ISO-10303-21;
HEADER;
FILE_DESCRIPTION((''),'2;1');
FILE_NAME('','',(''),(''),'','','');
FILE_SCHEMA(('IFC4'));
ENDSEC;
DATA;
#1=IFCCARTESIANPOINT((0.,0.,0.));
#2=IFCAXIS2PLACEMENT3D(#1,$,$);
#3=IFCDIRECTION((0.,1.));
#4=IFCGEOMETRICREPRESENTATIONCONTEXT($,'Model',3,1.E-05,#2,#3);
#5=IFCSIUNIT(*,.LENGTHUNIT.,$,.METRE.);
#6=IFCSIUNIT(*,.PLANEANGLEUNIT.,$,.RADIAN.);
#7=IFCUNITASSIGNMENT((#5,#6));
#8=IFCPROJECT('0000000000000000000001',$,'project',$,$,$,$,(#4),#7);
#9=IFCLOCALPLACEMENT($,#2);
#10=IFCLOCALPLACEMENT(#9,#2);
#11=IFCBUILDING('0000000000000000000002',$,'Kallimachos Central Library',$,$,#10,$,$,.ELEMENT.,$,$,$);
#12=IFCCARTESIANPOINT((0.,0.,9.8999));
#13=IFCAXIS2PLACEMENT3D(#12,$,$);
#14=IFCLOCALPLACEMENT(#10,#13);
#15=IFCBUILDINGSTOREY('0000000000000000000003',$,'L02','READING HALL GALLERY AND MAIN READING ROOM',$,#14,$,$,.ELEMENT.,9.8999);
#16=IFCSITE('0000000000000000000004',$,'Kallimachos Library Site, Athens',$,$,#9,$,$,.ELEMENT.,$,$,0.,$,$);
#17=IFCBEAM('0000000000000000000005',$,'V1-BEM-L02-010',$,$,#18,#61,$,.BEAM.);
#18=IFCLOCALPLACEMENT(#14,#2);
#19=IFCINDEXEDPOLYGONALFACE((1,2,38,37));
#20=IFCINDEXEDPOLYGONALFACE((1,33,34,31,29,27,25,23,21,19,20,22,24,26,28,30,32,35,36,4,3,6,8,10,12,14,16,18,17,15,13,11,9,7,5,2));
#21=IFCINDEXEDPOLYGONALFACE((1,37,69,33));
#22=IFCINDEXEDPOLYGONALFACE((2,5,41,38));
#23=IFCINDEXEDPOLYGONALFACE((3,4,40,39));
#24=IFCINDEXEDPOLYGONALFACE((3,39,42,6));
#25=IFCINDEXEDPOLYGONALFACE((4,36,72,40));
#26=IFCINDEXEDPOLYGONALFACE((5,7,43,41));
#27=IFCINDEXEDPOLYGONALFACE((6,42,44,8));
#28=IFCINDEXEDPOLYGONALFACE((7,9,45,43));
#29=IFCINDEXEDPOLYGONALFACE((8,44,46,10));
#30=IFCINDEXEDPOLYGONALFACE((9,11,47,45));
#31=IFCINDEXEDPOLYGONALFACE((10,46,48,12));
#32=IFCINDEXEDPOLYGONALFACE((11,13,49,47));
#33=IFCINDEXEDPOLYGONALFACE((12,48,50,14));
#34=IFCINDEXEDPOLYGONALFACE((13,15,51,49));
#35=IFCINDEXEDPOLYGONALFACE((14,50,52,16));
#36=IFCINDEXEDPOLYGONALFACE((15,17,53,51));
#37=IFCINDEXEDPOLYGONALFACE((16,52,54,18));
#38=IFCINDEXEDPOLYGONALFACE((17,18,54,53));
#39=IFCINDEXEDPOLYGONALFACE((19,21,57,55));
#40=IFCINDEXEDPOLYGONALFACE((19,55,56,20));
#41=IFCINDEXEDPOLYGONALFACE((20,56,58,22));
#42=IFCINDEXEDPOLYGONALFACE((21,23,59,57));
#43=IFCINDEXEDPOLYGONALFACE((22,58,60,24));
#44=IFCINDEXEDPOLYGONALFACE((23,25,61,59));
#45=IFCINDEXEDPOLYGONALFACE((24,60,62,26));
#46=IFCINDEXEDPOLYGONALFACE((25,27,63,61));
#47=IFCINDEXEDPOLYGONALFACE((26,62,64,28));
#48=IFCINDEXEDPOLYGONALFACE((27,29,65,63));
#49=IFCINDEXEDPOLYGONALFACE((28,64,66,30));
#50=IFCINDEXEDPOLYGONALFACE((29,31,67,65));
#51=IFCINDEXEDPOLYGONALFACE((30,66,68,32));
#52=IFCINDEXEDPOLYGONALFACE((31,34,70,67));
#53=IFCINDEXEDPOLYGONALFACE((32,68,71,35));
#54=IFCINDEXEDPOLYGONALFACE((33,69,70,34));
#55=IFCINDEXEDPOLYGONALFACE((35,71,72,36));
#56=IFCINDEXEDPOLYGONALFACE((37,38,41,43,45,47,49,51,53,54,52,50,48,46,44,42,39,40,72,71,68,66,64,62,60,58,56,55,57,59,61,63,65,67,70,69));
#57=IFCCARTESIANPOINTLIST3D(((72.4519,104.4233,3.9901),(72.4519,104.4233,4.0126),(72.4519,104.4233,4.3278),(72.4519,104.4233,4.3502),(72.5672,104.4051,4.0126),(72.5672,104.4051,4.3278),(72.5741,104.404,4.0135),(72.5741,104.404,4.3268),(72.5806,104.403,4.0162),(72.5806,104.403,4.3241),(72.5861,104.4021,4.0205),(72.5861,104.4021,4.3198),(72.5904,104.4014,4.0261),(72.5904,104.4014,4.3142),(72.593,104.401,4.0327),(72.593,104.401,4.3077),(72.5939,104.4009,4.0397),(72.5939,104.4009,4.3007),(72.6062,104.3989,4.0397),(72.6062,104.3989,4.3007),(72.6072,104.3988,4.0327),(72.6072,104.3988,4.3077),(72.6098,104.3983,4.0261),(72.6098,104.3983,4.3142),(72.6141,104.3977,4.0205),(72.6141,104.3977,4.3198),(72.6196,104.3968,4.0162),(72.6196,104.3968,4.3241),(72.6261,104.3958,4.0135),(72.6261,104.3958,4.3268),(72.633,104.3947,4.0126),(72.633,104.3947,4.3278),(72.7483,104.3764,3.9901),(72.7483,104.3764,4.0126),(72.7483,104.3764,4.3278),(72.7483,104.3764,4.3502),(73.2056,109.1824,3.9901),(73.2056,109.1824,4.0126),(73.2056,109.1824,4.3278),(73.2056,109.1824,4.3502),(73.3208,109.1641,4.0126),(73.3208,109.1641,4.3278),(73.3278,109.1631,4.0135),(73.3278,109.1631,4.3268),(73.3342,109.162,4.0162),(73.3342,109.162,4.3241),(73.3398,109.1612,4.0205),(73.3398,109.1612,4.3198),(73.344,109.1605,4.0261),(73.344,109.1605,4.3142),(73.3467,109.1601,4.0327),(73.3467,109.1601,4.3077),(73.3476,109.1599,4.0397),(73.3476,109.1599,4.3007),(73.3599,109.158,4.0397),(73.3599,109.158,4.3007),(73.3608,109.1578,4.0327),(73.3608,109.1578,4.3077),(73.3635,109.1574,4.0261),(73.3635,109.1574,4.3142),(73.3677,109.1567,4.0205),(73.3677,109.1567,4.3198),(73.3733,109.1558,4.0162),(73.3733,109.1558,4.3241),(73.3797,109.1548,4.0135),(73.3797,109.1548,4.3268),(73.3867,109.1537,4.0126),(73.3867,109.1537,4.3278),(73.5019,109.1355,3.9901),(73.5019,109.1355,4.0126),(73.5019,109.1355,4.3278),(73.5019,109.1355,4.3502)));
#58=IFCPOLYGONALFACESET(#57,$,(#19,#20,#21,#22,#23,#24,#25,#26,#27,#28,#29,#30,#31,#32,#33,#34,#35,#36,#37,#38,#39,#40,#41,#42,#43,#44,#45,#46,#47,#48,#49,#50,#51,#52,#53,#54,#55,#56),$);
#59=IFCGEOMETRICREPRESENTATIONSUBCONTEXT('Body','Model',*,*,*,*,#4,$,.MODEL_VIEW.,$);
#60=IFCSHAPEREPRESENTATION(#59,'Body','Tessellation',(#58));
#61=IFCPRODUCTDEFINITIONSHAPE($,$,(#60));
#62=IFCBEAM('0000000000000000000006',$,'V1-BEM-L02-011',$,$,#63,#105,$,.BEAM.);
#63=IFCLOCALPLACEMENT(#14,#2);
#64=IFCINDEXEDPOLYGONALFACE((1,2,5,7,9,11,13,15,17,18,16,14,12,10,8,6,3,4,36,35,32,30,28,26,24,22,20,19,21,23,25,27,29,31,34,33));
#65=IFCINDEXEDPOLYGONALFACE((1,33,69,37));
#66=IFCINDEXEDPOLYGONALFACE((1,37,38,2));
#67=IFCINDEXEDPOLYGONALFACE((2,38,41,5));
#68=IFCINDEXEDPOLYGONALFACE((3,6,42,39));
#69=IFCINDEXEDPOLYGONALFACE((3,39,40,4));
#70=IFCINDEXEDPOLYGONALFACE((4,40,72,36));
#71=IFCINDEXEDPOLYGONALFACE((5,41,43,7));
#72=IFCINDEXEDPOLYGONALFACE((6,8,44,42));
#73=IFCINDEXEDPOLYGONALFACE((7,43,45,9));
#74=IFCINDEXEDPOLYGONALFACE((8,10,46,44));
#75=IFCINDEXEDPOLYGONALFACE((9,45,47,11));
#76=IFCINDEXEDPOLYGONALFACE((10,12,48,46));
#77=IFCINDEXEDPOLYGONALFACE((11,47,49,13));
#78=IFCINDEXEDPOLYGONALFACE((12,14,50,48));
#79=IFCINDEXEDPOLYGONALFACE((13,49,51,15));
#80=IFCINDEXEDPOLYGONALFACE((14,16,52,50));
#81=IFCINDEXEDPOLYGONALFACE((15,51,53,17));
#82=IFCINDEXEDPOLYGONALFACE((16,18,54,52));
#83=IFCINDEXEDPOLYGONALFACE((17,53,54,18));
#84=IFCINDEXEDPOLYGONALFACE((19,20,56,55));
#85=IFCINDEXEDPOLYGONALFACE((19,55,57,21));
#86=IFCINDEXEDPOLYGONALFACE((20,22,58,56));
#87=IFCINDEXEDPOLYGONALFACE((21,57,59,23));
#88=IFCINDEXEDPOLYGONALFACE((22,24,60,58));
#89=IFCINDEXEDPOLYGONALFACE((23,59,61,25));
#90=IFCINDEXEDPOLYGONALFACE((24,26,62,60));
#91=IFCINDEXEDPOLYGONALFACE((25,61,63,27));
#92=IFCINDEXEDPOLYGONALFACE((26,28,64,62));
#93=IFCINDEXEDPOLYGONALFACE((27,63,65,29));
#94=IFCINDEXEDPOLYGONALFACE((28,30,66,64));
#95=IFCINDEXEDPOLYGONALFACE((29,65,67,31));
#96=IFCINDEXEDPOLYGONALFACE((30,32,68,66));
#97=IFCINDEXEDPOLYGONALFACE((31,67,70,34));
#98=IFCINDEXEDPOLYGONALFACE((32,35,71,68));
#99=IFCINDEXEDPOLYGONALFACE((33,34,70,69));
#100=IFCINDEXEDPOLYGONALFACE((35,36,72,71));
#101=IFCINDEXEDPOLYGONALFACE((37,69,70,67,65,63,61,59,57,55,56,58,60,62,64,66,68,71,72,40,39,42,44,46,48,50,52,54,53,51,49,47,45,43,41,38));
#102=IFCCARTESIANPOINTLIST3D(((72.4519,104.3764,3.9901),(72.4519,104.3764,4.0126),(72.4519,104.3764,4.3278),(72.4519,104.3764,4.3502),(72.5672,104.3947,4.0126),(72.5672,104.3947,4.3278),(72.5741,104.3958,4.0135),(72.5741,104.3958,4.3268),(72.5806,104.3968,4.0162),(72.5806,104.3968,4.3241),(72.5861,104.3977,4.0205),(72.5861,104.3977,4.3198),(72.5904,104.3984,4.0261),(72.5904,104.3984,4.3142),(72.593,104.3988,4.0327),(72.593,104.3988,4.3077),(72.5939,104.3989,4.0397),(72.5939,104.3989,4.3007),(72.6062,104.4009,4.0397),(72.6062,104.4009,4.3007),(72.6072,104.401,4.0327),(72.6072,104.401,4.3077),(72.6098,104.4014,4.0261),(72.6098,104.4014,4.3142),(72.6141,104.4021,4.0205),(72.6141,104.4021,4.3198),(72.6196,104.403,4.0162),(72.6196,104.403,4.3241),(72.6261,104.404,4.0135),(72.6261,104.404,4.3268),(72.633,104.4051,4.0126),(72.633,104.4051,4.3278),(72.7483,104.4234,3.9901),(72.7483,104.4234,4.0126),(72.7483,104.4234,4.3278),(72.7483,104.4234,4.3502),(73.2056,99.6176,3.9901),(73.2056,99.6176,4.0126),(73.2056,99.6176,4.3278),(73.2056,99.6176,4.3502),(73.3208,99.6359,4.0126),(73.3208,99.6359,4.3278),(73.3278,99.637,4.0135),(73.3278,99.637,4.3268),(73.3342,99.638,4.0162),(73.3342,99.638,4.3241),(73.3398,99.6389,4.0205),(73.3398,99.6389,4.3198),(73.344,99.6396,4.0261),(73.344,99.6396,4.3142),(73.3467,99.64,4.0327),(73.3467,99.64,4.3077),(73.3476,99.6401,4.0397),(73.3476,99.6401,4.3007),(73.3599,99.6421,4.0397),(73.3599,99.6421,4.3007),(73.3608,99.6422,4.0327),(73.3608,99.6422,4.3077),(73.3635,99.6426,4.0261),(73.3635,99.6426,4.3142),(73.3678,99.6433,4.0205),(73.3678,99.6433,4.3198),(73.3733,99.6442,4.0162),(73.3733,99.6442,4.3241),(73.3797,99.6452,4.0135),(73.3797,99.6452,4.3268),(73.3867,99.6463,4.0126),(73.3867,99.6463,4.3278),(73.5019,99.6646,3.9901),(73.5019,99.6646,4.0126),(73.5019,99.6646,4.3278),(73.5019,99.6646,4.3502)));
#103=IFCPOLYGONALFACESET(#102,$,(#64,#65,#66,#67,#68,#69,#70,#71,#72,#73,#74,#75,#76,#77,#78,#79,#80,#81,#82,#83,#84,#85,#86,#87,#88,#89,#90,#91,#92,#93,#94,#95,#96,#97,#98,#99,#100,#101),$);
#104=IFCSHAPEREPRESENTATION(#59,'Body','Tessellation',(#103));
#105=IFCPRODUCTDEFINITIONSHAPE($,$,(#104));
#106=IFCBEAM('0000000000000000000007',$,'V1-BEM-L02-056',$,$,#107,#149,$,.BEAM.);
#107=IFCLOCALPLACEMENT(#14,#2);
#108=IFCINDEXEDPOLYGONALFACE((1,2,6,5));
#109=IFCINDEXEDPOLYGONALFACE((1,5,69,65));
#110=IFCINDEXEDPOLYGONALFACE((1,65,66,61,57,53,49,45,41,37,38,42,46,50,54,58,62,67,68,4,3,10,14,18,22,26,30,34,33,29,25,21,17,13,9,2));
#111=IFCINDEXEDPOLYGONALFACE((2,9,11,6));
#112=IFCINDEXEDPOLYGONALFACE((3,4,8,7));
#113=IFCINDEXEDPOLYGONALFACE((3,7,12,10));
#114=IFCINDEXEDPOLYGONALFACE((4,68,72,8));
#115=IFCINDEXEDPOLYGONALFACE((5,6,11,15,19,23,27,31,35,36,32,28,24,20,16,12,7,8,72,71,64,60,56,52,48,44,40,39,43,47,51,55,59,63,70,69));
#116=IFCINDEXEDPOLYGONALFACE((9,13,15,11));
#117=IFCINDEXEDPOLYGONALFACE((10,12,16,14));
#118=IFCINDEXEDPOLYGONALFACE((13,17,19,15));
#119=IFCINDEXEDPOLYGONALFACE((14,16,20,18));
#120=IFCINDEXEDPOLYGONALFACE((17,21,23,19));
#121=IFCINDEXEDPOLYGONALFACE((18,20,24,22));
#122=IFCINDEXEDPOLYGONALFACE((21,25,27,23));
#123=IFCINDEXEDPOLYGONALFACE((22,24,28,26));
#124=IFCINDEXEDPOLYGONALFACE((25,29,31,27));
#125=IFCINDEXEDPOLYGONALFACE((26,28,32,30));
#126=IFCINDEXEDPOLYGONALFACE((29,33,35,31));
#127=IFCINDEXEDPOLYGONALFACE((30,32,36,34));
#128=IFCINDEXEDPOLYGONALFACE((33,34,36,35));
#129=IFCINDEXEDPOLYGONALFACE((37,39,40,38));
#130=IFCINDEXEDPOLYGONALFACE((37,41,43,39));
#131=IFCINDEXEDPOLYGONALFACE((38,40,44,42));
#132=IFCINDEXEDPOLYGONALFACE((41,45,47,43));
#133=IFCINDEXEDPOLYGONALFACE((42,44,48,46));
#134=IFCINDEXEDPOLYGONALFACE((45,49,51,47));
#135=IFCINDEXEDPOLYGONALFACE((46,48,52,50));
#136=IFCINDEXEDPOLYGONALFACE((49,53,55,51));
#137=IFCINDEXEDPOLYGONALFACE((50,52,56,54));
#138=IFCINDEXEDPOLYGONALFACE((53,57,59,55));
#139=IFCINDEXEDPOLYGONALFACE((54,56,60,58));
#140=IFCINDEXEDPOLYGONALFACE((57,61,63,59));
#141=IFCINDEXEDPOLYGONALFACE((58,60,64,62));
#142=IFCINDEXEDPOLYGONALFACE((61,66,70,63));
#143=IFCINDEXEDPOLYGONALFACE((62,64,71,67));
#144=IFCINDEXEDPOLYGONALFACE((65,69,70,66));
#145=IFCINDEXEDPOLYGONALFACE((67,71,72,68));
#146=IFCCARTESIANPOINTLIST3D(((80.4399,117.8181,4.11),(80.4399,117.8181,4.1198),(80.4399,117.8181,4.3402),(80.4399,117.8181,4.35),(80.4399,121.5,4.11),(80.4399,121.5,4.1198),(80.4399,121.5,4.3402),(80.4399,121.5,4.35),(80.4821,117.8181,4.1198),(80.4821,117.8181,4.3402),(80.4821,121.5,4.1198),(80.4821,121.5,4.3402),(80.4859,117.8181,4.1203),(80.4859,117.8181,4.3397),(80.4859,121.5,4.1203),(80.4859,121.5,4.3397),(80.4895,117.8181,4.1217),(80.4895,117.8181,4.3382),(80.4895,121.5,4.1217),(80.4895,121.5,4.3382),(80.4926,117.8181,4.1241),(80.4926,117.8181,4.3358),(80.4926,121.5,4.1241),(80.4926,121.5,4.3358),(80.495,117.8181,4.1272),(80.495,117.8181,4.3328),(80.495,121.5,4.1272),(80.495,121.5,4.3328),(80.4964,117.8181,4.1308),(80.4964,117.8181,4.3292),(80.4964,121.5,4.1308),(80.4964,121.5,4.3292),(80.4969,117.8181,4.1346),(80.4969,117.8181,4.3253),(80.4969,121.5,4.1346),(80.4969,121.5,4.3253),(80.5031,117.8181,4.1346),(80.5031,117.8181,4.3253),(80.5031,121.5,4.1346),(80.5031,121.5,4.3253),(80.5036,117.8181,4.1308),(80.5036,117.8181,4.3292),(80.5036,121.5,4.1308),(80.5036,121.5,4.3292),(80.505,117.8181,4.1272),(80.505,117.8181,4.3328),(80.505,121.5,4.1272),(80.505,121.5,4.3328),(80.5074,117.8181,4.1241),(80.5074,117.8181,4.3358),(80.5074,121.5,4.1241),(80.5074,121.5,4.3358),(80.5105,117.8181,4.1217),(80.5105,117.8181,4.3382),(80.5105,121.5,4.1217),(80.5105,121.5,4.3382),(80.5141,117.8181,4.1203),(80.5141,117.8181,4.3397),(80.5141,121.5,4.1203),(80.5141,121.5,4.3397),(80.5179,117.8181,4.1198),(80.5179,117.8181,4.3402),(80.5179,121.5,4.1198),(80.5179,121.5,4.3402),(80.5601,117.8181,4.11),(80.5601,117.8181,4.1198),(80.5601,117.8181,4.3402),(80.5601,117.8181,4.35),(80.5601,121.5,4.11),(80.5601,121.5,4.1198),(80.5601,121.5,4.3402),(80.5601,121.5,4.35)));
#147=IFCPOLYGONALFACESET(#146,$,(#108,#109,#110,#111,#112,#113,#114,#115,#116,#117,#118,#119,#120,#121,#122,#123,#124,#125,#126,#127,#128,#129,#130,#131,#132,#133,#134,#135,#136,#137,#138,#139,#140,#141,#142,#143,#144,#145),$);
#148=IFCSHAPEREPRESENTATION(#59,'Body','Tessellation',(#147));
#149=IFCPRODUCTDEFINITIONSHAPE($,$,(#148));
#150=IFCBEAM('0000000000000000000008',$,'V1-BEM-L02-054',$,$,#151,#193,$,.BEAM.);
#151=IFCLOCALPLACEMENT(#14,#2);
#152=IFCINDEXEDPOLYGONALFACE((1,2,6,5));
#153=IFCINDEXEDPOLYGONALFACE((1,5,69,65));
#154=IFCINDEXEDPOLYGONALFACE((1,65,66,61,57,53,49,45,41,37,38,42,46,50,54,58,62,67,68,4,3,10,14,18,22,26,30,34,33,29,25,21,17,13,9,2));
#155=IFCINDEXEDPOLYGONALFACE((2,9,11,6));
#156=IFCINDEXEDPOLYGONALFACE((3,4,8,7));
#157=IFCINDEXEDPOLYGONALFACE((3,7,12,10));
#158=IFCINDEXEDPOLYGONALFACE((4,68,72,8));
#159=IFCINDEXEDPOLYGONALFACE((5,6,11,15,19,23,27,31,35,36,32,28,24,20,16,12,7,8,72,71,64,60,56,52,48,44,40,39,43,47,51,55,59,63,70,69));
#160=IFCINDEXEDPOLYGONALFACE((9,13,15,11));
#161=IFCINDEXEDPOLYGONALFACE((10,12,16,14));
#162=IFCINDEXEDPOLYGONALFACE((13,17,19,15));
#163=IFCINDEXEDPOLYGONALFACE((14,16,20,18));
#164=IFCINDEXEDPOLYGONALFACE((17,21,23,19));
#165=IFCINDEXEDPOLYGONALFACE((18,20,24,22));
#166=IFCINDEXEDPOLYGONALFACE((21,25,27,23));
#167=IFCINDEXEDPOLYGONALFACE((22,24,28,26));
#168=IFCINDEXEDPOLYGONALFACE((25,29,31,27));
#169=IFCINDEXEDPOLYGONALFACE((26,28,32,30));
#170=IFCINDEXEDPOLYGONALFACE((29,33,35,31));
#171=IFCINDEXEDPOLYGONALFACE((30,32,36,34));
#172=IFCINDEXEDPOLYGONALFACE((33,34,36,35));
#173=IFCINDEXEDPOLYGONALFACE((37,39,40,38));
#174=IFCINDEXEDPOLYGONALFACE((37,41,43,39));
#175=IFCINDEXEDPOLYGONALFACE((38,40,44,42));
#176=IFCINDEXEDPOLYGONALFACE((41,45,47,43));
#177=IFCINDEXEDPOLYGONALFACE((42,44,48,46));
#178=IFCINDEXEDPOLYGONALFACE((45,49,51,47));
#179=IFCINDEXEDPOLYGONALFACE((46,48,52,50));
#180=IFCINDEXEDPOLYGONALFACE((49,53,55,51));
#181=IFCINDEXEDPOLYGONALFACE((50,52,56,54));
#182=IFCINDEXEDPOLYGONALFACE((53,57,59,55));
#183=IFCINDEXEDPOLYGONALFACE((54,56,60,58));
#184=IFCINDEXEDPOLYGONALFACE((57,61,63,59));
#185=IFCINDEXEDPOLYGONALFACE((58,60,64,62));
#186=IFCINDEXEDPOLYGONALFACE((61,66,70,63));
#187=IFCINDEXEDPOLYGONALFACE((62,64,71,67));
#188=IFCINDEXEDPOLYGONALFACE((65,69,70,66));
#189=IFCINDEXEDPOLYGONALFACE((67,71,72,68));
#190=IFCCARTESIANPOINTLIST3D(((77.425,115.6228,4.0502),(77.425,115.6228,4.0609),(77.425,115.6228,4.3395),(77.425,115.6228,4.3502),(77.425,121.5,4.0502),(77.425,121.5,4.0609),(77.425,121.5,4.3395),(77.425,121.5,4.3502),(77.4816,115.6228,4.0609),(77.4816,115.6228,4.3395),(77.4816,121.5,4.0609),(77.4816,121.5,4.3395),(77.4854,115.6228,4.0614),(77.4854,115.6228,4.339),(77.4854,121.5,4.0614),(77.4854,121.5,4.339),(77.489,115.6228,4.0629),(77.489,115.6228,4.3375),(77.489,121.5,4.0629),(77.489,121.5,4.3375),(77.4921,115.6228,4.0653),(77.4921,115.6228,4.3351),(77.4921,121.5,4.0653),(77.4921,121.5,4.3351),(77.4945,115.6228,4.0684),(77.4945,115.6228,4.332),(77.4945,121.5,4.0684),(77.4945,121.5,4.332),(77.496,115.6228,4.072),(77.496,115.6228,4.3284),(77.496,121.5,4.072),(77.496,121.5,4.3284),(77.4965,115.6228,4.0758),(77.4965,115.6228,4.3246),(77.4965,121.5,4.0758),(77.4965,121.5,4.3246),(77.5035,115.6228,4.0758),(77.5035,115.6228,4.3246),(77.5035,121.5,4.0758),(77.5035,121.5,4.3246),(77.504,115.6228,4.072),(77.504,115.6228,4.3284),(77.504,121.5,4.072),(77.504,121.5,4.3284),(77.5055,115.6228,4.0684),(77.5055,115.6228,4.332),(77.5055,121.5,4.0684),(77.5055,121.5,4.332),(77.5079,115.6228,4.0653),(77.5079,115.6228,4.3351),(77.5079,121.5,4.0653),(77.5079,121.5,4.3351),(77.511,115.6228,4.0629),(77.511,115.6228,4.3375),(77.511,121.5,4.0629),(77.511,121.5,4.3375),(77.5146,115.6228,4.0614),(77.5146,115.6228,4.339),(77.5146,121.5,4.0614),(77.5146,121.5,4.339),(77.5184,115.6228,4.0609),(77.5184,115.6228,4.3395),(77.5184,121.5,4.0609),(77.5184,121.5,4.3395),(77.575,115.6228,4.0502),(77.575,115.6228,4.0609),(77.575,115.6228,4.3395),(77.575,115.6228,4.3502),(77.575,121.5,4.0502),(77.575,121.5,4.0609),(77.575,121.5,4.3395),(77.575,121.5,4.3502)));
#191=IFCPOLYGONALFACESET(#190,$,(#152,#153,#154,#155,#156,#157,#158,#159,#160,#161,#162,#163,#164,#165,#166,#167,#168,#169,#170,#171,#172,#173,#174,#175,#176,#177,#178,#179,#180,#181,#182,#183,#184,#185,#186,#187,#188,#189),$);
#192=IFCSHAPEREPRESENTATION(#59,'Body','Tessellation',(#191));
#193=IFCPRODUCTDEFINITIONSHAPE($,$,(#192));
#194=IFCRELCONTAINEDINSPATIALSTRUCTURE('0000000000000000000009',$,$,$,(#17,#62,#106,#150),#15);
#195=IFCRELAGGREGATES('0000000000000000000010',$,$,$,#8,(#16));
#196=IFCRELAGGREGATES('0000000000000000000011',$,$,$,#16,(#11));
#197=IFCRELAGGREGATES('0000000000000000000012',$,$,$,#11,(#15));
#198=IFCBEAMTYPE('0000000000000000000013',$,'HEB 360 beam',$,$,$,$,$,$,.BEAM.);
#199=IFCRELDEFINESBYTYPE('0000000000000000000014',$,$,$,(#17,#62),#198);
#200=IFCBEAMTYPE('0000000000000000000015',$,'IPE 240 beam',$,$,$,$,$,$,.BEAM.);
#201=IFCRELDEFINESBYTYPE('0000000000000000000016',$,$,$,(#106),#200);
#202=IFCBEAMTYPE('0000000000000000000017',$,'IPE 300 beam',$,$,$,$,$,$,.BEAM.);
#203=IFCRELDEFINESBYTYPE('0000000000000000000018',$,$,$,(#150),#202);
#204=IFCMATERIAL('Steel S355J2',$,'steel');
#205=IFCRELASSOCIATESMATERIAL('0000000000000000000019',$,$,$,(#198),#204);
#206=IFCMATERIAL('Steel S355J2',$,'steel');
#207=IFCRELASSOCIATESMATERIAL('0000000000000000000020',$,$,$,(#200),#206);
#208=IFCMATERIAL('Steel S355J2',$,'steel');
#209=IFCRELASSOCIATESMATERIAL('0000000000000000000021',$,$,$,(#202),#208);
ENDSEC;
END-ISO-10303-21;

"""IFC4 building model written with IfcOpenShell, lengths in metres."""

from ifc_helpers import new_model, si_unit, direction, frame, origin, origin_2d, place, context, subcontext, project, spatial, i_section, extrude, material, material_profile, profile_set, type_object, element, save


model = new_model("IFC4")

# Units and contexts
model_context = context("Model", 3, precision=1e-05, world=origin(), true_north=direction((0.0, 1.0)))
body_context = subcontext(model_context, "Body", "Model", "MODEL_VIEW")
ifc_project = project(units=[si_unit("LENGTHUNIT", "METRE"), si_unit("PLANEANGLEUNIT", "RADIAN")], contexts=[model_context])

# Site, building, storey
site_placement = place(None, origin())
site = spatial("IfcSite", under=ifc_project, at=site_placement, Name="Kallimachos Library Site, Athens", CompositionType="ELEMENT", RefElevation=0.0)
building_placement = place(site_placement, origin())
building = spatial("IfcBuilding", under=site, at=building_placement, Name="Kallimachos Central Library", CompositionType="ELEMENT")
storey_placement = place(building_placement, frame((0.0, 0.0, 9.8999)))
storey = spatial("IfcBuildingStorey", under=building, at=storey_placement, Name="L02", Description="READING HALL GALLERY AND MAIN READING ROOM", CompositionType="ELEMENT", Elevation=9.8999)

# Beams
ifc_material_1 = material(Name="Steel S355J2", Category="steel")
ifc_material_profile_1 = material_profile(ifc_material_1, i_section(OverallWidth=0.3, OverallDepth=0.3601, WebThickness=0.0125, FlangeThickness=0.0225, FilletRadius=0.0271, at=origin_2d()), Name="HEB 360")
ifc_profile_set_1 = profile_set([ifc_material_profile_1], Name="Steel S355J2")
beam_type_1 = type_object("IfcBeamType", Name="HEB 360 beam", PredefinedType="BEAM", material=ifc_profile_set_1)
beam_1_placement = place(storey_placement, frame((73.3538, 109.1589, 4.1702), z_axis=(-0.156415, -0.987691, 0.0), x_axis=(0.987691, -0.156415, 0.0)))
element("IfcBeam", 1, at=beam_1_placement, inside=storey, type_object=beam_type_1, Name="V1-BEM-L02-010", PredefinedType="BEAM", context=body_context, shape_type="SweptSolid", body=[
    extrude(i_section(OverallWidth=0.3, OverallDepth=0.3601, WebThickness=0.0125, FlangeThickness=0.0225, FilletRadius=0.0271, at=origin_2d()), origin(), (0.0, 0.0, 1.0), 4.8184),
])
beam_2_placement = place(storey_placement, frame((72.6001, 104.3999, 4.1702), z_axis=(0.156423, -0.98769, 0.0), x_axis=(0.98769, 0.156423, 0.0)))
element("IfcBeam", 2, at=beam_2_placement, inside=storey, type_object=beam_type_1, Name="V1-BEM-L02-011", PredefinedType="BEAM", context=body_context, shape_type="SweptSolid", body=[
    extrude(i_section(OverallWidth=0.3, OverallDepth=0.3601, WebThickness=0.0125, FlangeThickness=0.0225, FilletRadius=0.0271, at=origin_2d()), origin(), (0.0, 0.0, 1.0), 4.8181),
])
ifc_material_2 = material(Name="Steel S355J2", Category="steel")
ifc_material_profile_2 = material_profile(ifc_material_2, i_section(OverallWidth=0.1201, OverallDepth=0.24, WebThickness=0.0061, FlangeThickness=0.0098, FilletRadius=0.0149, at=origin_2d()), Name="IPE 240")
ifc_profile_set_2 = profile_set([ifc_material_profile_2], Name="Steel S355J2")
beam_type_2 = type_object("IfcBeamType", Name="IPE 240 beam", PredefinedType="BEAM", material=ifc_profile_set_2)
beam_3_placement = place(storey_placement, frame((80.5, 117.8181, 4.23), z_axis=(0.0, 1.0, 0.0), x_axis=(-1.0, 0.0, 0.0)))
element("IfcBeam", 3, at=beam_3_placement, inside=storey, type_object=beam_type_2, Name="V1-BEM-L02-056", PredefinedType="BEAM", context=body_context, shape_type="SweptSolid", body=[
    extrude(i_section(OverallWidth=0.1201, OverallDepth=0.24, WebThickness=0.0061, FlangeThickness=0.0098, FilletRadius=0.0149, at=origin_2d()), origin(), (0.0, 0.0, 1.0), 3.6819),
])
ifc_material_3 = material(Name="Steel S355J2", Category="steel")
ifc_material_profile_3 = material_profile(ifc_material_3, i_section(OverallWidth=0.1499, OverallDepth=0.3, WebThickness=0.0071, FlangeThickness=0.0107, FilletRadius=0.0149, at=origin_2d()), Name="IPE 300")
ifc_profile_set_3 = profile_set([ifc_material_profile_3], Name="Steel S355J2")
beam_type_3 = type_object("IfcBeamType", Name="IPE 300 beam", PredefinedType="BEAM", material=ifc_profile_set_3)
beam_4_placement = place(storey_placement, frame((77.5, 115.6228, 4.2002), z_axis=(0.0, 1.0, 0.0), x_axis=(-1.0, 0.0, 0.0)))
element("IfcBeam", 4, at=beam_4_placement, inside=storey, type_object=beam_type_3, Name="V1-BEM-L02-054", PredefinedType="BEAM", context=body_context, shape_type="SweptSolid", body=[
    extrude(i_section(OverallWidth=0.1499, OverallDepth=0.3, WebThickness=0.0071, FlangeThickness=0.0107, FilletRadius=0.0149, at=origin_2d()), origin(), (0.0, 0.0, 1.0), 5.8772),
])

save(model, "model.ifc")
